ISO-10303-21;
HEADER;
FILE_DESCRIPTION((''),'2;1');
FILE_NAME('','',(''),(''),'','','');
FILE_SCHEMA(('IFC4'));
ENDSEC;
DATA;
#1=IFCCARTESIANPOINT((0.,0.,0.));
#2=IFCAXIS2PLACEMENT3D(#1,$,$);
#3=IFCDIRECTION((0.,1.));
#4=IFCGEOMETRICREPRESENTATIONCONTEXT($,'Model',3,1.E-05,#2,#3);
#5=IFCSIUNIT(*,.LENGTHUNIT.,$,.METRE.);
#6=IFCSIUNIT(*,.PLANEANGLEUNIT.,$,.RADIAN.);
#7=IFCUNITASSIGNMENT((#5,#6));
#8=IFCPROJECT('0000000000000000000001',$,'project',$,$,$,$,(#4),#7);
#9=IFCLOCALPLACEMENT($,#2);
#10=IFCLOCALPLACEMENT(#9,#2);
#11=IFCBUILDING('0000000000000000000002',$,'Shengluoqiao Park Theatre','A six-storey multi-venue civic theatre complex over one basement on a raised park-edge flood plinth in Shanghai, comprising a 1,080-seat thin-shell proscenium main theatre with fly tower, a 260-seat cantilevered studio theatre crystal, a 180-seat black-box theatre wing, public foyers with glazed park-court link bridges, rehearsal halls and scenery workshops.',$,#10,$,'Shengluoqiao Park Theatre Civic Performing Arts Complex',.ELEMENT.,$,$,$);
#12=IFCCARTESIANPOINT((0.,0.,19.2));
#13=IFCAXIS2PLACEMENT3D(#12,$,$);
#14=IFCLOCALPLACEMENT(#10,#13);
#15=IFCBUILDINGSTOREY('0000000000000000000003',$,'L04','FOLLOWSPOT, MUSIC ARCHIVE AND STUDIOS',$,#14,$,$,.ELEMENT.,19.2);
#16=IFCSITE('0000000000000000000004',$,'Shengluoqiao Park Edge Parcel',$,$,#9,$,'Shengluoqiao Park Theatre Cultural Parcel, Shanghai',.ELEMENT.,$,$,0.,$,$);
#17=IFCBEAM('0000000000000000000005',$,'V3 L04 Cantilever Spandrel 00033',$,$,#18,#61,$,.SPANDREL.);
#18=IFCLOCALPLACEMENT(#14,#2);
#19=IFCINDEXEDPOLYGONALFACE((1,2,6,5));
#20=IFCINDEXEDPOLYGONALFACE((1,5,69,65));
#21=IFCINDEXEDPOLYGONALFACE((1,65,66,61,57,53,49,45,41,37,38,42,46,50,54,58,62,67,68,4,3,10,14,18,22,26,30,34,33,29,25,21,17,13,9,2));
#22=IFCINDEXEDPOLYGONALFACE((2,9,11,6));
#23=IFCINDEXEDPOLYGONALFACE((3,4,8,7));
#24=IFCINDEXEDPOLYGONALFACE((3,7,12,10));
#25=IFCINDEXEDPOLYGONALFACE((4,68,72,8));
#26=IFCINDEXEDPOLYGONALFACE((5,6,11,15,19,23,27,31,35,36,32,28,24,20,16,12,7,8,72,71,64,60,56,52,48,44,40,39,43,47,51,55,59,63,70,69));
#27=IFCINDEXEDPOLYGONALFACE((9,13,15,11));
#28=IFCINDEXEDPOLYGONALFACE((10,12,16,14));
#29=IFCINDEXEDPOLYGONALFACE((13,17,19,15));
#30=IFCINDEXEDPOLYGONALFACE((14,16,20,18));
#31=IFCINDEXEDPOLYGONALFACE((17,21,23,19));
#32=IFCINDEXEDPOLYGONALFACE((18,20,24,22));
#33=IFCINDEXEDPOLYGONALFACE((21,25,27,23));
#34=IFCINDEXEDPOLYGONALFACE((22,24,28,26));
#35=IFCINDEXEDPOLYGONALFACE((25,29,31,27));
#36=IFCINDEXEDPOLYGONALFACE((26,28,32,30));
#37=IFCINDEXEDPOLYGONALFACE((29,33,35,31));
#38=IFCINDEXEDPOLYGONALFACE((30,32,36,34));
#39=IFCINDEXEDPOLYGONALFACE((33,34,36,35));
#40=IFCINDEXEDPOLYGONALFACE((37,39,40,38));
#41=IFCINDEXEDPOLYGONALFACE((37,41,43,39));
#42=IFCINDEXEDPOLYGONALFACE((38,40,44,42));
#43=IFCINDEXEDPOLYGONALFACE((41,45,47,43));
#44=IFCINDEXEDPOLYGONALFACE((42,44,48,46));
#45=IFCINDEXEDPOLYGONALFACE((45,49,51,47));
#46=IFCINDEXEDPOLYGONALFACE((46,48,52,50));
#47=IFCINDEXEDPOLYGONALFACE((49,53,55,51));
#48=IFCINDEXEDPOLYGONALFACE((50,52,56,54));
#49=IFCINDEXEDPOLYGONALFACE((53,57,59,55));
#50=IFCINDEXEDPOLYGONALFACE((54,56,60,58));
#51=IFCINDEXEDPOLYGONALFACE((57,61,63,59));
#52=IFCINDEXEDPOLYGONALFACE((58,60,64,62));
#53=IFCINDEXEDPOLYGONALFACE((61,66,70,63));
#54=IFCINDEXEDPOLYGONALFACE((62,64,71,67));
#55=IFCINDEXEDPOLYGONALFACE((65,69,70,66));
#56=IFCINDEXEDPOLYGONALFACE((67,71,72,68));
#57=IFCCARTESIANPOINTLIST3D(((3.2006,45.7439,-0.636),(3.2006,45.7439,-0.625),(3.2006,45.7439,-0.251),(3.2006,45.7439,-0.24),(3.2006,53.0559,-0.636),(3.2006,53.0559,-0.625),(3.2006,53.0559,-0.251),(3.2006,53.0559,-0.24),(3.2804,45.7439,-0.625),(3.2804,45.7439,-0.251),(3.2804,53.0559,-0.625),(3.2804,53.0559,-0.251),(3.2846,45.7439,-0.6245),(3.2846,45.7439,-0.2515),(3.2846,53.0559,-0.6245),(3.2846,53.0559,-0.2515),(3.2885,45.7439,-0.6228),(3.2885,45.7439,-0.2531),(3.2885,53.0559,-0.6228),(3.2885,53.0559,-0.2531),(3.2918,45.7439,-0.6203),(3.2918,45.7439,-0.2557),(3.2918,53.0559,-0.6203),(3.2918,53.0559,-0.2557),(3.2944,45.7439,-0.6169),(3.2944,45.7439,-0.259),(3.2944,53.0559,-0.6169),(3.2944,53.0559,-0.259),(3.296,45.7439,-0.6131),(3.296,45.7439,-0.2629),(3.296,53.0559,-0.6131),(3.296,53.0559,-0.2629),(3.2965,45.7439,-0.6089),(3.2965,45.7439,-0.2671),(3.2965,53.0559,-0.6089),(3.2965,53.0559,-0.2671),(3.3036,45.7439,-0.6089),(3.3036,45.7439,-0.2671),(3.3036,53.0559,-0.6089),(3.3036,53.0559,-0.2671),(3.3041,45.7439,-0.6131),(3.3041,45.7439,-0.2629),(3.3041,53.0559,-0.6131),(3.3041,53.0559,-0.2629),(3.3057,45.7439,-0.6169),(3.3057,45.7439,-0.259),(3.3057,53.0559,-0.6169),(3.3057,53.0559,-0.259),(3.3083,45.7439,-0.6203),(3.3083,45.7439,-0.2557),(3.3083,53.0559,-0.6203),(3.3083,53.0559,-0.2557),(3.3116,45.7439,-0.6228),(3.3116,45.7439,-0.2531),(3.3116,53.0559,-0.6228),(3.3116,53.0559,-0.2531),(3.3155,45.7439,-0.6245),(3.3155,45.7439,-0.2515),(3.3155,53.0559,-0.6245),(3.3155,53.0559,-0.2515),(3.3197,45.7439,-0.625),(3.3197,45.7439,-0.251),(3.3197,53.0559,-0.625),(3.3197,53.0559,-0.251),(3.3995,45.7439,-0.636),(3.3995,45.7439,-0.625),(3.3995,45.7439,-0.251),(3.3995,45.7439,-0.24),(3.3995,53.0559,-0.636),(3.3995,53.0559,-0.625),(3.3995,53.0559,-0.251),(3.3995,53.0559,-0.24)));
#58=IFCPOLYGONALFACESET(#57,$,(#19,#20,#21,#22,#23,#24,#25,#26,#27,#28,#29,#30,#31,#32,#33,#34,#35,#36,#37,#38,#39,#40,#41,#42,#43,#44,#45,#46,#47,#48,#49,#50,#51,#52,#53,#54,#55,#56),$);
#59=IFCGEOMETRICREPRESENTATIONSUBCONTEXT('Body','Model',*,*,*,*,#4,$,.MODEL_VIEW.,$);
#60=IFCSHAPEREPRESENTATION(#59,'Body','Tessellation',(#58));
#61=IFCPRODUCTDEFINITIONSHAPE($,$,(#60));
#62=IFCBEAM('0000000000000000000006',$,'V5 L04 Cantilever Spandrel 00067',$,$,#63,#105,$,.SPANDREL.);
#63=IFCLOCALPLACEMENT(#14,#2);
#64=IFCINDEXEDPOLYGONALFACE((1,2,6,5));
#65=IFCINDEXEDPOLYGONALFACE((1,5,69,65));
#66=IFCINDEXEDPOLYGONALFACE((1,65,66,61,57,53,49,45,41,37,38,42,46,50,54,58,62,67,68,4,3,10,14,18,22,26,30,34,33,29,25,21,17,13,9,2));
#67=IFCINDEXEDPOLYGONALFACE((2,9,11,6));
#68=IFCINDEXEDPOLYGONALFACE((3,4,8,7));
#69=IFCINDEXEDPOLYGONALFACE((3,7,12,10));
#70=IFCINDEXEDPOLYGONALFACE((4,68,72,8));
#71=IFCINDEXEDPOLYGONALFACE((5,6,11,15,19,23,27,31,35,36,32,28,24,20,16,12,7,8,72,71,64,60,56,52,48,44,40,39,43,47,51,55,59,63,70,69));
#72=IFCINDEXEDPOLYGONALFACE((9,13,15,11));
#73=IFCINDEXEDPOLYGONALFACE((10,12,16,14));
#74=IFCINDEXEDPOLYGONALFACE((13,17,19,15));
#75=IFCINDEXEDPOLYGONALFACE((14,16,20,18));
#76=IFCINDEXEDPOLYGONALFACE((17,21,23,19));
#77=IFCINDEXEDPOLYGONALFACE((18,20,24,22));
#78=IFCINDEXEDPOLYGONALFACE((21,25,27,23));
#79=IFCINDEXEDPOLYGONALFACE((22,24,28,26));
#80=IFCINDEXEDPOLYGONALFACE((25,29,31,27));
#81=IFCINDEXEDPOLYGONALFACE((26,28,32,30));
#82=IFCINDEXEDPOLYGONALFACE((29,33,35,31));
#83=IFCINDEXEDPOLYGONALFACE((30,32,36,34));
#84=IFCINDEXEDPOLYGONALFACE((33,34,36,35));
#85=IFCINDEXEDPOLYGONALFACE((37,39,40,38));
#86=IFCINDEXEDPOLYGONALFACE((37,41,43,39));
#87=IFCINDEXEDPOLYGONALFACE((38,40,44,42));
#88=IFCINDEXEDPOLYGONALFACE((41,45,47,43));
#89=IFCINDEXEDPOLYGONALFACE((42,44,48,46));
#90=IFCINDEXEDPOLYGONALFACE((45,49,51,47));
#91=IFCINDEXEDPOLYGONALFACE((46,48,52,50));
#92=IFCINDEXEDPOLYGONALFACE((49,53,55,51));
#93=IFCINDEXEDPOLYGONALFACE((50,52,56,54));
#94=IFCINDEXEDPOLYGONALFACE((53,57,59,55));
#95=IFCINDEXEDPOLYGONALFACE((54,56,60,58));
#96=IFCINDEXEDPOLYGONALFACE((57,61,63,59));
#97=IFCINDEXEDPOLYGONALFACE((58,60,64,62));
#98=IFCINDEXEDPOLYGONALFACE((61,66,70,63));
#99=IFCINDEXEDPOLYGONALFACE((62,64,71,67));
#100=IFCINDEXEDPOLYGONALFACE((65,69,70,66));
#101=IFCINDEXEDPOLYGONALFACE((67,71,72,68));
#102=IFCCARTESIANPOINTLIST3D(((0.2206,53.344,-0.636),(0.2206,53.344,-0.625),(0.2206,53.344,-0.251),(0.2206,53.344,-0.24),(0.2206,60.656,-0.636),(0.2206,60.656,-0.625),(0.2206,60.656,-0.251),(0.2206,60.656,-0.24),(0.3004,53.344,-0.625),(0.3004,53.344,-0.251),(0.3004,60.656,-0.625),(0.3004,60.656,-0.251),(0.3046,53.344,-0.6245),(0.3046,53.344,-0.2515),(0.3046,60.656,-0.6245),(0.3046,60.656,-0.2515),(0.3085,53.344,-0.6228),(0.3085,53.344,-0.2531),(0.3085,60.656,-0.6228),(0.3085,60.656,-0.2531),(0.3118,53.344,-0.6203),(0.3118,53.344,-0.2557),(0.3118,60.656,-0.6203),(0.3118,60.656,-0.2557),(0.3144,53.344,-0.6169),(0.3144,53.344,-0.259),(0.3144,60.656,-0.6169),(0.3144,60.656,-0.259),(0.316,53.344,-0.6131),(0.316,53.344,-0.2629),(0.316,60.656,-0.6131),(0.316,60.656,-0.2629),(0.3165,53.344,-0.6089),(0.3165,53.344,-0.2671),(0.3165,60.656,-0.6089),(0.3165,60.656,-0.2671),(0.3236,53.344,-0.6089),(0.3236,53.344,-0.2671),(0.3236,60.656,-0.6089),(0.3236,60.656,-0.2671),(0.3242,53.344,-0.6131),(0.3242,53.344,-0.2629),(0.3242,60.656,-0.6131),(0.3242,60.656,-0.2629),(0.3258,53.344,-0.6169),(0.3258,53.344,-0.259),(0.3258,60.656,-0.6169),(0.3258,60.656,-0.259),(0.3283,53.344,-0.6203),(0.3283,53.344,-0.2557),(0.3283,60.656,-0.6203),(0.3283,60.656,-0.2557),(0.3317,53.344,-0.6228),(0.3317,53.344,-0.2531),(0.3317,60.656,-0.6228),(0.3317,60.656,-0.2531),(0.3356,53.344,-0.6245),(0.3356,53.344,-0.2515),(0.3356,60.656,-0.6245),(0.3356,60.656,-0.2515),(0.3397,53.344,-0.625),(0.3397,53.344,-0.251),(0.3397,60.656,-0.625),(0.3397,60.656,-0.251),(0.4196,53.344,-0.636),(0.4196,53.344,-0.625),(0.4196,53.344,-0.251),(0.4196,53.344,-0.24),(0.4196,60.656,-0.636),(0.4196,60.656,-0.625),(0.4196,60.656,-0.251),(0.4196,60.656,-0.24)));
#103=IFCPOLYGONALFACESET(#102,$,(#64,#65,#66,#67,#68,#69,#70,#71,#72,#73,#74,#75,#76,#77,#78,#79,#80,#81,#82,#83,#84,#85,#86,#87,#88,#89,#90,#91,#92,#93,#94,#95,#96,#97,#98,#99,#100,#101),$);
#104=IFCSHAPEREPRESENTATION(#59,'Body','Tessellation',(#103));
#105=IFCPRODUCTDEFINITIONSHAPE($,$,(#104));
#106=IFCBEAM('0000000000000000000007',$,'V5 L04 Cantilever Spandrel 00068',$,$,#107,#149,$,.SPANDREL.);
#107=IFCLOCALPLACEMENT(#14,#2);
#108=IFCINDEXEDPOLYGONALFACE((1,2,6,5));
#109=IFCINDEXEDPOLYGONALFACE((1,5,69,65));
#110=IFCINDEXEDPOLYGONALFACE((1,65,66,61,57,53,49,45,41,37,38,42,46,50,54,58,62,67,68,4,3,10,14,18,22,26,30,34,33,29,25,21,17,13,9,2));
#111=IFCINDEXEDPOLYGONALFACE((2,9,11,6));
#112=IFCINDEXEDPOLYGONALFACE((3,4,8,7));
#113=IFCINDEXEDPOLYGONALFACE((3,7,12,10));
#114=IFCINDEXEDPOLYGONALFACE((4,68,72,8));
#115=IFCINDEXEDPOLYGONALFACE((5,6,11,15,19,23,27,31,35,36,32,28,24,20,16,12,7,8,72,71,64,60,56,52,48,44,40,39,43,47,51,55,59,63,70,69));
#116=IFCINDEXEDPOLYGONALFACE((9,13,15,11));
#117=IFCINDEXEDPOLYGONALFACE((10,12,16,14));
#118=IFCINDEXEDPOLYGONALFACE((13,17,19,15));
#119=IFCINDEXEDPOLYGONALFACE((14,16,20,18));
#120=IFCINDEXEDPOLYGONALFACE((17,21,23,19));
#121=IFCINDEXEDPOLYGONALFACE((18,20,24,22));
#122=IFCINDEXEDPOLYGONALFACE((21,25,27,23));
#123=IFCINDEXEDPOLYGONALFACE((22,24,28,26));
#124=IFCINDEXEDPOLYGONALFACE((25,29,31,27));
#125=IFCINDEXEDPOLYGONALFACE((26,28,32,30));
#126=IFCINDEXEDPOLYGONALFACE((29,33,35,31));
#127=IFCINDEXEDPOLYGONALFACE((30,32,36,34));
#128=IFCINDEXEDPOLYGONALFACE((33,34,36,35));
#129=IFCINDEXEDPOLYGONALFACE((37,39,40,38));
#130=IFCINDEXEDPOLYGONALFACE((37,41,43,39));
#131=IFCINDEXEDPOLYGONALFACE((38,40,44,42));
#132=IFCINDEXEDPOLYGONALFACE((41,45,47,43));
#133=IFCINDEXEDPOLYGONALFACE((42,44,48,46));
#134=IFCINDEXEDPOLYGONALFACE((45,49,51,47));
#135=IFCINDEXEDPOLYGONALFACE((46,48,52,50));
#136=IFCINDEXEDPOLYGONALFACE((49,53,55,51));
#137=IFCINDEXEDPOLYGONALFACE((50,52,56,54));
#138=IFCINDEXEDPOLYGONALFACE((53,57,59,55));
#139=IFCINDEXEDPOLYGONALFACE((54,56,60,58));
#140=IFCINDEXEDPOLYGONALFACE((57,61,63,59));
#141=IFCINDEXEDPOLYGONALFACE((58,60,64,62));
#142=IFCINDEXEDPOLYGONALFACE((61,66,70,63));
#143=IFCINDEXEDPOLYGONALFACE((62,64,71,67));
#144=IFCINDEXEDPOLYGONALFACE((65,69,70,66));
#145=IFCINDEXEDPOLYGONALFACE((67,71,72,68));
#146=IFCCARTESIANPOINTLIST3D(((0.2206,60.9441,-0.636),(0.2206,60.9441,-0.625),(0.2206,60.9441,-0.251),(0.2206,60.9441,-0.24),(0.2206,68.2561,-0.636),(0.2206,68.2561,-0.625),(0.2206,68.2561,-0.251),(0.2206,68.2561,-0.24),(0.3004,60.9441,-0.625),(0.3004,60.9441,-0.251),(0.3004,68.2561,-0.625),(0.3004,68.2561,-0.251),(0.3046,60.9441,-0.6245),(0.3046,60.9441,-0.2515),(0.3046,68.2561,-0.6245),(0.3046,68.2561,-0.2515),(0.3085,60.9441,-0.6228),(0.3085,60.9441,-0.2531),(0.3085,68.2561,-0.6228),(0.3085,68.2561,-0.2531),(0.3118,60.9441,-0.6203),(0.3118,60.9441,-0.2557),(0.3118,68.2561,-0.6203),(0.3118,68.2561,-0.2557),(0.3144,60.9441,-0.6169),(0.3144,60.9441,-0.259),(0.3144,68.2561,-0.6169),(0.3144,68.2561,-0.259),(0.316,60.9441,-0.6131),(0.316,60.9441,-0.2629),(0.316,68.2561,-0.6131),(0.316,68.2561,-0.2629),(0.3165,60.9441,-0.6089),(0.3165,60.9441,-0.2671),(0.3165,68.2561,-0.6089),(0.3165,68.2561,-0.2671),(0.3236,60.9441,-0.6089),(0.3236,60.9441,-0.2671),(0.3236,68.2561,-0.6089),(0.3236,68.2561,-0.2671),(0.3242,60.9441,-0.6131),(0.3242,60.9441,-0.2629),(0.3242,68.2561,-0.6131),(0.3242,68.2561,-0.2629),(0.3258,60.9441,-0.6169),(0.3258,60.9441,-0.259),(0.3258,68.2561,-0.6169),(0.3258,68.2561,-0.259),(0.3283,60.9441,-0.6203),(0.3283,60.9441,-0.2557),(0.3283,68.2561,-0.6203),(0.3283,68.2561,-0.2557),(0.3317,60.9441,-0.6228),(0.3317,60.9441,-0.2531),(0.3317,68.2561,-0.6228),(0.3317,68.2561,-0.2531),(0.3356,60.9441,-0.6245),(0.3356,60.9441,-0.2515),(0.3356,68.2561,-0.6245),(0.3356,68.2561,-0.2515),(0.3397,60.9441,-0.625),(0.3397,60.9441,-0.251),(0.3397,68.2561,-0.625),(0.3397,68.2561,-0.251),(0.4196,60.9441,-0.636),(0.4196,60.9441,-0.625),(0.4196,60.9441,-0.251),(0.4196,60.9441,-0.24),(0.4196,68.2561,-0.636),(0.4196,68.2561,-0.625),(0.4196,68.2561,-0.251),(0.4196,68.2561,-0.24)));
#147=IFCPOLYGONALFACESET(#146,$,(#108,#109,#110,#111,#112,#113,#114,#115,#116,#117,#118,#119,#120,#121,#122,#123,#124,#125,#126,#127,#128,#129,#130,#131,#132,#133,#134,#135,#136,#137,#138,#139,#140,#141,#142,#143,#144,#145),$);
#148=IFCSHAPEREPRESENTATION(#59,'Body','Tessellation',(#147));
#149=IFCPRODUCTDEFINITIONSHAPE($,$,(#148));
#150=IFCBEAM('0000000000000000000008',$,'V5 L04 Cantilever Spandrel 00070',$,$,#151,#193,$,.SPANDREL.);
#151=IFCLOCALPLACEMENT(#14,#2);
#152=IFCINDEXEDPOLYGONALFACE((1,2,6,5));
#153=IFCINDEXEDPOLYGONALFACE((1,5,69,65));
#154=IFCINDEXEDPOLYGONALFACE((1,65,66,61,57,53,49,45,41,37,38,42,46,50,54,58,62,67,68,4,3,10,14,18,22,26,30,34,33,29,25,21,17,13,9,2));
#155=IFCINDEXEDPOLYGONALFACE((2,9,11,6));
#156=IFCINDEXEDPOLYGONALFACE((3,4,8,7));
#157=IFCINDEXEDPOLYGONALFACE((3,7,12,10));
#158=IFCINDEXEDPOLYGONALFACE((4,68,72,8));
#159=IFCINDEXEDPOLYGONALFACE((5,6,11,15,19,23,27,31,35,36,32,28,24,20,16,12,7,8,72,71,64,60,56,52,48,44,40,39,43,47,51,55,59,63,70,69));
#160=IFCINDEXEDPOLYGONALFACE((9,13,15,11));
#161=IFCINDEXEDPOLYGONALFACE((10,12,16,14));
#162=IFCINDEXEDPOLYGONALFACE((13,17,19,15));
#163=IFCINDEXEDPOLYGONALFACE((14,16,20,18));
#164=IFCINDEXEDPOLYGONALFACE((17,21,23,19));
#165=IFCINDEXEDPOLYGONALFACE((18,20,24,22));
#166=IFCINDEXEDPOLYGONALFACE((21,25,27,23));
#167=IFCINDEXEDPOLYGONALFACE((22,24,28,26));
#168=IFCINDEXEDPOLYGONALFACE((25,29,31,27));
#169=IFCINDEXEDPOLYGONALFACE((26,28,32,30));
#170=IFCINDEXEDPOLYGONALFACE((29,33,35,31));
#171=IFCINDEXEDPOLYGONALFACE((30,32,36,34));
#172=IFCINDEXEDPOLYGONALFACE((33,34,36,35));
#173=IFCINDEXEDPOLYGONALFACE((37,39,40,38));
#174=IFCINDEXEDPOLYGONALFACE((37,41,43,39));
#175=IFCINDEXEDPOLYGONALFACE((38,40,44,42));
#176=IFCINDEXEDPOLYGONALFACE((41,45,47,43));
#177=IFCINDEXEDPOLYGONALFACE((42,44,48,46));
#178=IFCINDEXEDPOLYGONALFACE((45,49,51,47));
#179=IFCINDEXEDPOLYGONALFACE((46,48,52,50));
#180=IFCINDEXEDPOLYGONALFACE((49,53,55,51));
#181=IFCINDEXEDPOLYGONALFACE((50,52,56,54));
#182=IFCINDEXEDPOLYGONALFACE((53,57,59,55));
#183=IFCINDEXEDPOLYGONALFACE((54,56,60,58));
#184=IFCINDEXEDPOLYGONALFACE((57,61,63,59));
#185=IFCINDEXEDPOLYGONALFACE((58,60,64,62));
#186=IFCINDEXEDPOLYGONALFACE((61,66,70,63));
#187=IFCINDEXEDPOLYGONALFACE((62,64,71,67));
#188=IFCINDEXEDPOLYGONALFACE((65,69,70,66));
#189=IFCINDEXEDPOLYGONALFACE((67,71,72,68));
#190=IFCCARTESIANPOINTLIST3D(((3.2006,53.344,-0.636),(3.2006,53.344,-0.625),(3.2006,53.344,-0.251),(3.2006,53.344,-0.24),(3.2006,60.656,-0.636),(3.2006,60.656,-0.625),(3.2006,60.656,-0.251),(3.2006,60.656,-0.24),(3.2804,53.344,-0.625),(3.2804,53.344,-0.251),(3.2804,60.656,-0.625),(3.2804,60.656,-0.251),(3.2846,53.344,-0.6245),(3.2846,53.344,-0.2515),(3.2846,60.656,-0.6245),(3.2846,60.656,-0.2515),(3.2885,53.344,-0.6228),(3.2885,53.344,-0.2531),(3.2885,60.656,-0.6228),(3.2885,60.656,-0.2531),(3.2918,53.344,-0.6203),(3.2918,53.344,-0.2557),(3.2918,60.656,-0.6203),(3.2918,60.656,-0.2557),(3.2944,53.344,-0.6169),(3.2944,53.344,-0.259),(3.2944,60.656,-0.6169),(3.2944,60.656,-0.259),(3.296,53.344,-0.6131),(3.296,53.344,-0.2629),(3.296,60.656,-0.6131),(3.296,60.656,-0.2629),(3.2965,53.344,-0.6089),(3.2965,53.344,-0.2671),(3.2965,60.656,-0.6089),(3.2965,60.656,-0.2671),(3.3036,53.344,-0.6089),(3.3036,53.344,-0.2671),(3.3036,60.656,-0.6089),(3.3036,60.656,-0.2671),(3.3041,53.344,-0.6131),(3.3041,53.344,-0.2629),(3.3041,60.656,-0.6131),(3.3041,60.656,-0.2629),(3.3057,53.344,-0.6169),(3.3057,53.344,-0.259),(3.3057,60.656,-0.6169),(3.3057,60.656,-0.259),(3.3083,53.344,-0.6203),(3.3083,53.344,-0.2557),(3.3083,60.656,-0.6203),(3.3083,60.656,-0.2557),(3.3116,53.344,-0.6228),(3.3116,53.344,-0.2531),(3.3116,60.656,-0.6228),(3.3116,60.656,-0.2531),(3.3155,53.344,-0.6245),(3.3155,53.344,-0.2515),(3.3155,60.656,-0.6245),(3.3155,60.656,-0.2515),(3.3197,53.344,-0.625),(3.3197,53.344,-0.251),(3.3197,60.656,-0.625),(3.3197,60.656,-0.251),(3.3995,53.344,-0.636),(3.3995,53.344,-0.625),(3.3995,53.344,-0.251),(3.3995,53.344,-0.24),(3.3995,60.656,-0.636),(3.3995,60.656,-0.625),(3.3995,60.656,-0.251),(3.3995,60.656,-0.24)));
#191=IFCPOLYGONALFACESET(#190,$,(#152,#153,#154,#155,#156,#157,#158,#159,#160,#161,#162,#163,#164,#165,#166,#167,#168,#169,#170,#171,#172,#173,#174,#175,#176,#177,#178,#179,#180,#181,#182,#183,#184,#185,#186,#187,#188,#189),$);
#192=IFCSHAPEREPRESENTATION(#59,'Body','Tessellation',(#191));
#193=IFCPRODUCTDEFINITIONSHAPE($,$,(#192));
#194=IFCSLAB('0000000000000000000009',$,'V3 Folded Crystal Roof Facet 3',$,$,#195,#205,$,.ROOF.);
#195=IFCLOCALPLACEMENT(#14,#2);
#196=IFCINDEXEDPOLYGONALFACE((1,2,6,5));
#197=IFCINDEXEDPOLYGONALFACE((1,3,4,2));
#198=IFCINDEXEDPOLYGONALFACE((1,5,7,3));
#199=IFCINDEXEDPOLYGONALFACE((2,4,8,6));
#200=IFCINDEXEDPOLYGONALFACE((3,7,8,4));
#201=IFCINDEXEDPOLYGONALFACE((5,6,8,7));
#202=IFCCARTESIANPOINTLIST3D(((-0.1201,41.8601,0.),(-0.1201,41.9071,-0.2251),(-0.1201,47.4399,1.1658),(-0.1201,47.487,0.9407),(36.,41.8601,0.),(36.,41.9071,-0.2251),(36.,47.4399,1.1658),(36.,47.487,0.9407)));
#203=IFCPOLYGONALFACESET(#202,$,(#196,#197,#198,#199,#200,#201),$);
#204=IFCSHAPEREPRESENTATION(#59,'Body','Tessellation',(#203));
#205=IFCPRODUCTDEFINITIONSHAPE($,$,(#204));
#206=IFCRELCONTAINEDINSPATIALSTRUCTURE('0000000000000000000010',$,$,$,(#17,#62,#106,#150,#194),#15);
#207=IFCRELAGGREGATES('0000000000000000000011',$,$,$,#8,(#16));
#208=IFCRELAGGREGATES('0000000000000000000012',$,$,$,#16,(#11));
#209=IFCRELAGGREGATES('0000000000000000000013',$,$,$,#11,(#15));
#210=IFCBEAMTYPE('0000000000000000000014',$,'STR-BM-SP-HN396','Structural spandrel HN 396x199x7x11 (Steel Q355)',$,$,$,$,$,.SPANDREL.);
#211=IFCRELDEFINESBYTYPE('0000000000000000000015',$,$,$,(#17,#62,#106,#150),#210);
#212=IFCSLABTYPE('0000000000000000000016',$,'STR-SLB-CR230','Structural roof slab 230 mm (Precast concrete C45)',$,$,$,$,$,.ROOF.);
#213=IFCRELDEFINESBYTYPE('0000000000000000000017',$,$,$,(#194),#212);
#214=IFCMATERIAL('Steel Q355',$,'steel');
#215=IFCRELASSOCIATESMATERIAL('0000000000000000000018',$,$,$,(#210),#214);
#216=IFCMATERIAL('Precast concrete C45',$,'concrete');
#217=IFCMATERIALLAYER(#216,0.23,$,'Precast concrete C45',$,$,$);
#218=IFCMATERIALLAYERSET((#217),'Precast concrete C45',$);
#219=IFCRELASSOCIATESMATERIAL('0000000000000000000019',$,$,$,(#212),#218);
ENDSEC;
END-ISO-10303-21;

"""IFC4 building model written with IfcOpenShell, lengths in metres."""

from ifc_helpers import new_model, si_unit, direction, frame, origin, origin_2d, place, context, subcontext, project, spatial, polyline, i_section, outline, extrude, material, layer, layer_set, material_profile, profile_set, type_object, element, save


model = new_model("IFC4")

# Units and contexts
model_context = context("Model", 3, precision=1e-05, world=origin(), true_north=direction((0.0, 1.0)))
body_context = subcontext(model_context, "Body", "Model", "MODEL_VIEW")
ifc_project = project(units=[si_unit("LENGTHUNIT", "METRE"), si_unit("PLANEANGLEUNIT", "RADIAN")], contexts=[model_context])

# Site, building, storey
site_placement = place(None, origin())
site = spatial("IfcSite", under=ifc_project, at=site_placement, Name="Shengluoqiao Park Edge Parcel", LongName="Shengluoqiao Park Theatre Cultural Parcel, Shanghai", CompositionType="ELEMENT", RefElevation=0.0)
building_placement = place(site_placement, origin())
building = spatial("IfcBuilding", under=site, at=building_placement, Name="Shengluoqiao Park Theatre", Description="A six-storey multi-venue civic theatre complex over one basement on a raised park-edge flood plinth in Shanghai, comprising a 1,080-seat thin-shell proscenium main theatre with fly tower, a 260-seat cantilevered studio theatre crystal, a 180-seat black-box theatre wing, public foyers with glazed park-court link bridges, rehearsal halls and scenery workshops.", LongName="Shengluoqiao Park Theatre Civic Performing Arts Complex", CompositionType="ELEMENT")
storey_placement = place(building_placement, frame((0.0, 0.0, 19.2)))
storey = spatial("IfcBuildingStorey", under=building, at=storey_placement, Name="L04", Description="FOLLOWSPOT, MUSIC ARCHIVE AND STUDIOS", CompositionType="ELEMENT", Elevation=19.2)

# Beams
ifc_material_1 = material(Name="Steel Q355", Category="steel")
ifc_material_profile_1 = material_profile(ifc_material_1, i_section(OverallWidth=0.199, OverallDepth=0.396, WebThickness=0.0071, FlangeThickness=0.011, FilletRadius=0.0161, at=origin_2d()), Name="HN 396x199x7x11")
ifc_profile_set_1 = profile_set([ifc_material_profile_1], Name="Steel Q355")
beam_type_1 = type_object("IfcBeamType", Name="STR-BM-SP-HN396", Description="Structural spandrel HN 396x199x7x11 (Steel Q355)", PredefinedType="SPANDREL", material=ifc_profile_set_1)
for number, where, z_axis, x_axis, name in (
    (1, (3.3, 45.7439, -0.438), (0.0, 1.0, 0.0), (-1.0, 0.0, 0.0), "V3 L04 Cantilever Spandrel 00033"),
    (2, (0.3201, 53.344, -0.438), (0.0, 1.0, 0.0), (-1.0, 0.0, 0.0), "V5 L04 Cantilever Spandrel 00067"),
    (3, (0.3201, 60.9441, -0.438), (0.0, 1.0, 0.0), (-1.0, 0.0, 0.0), "V5 L04 Cantilever Spandrel 00068"),
    (4, (3.3, 53.344, -0.438), (0.0, 1.0, 0.0), (-1.0, 0.0, 0.0), "V5 L04 Cantilever Spandrel 00070"),
):
    element("IfcBeam", number, at=place(storey_placement, frame(where, z_axis=z_axis, x_axis=x_axis)), inside=storey, type_object=beam_type_1, Name=name, PredefinedType="SPANDREL", context=body_context, shape_type="SweptSolid", body=[
        extrude(i_section(OverallWidth=0.199, OverallDepth=0.396, WebThickness=0.0071, FlangeThickness=0.011, FilletRadius=0.0161, at=origin_2d()), origin(), (0.0, 0.0, 1.0), 7.312),
    ])

# Slab
ifc_material_2 = material(Name="Precast concrete C45", Category="concrete")
ifc_layer = layer(ifc_material_2, 0.23, Name="Precast concrete C45")
ifc_layer_set = layer_set([ifc_layer], Name="Precast concrete C45")
slab_type = type_object("IfcSlabType", Name="STR-SLB-CR230", Description="Structural roof slab 230 mm (Precast concrete C45)", PredefinedType="ROOF", material=ifc_layer_set)
slab_1_placement = place(storey_placement, frame((-0.1201, 41.8601, 0.0), z_axis=(0.0, -0.20451, 0.978864), x_axis=(1.0, 0.0, 0.0)))
element("IfcSlab", 5, at=slab_1_placement, inside=storey, type_object=slab_type, Name="V3 Folded Crystal Roof Facet 3", PredefinedType="ROOF", context=body_context, shape_type="SweptSolid", body=[
    extrude(outline(polyline([(0.0, 0.0), (36.1201, 0.0), (36.1201, 5.7003), (0.0, 5.7003), (0.0, 0.0)])), origin(), (0.0, 0.0, -1.0), 0.23),
])

save(model, "model.ifc")
